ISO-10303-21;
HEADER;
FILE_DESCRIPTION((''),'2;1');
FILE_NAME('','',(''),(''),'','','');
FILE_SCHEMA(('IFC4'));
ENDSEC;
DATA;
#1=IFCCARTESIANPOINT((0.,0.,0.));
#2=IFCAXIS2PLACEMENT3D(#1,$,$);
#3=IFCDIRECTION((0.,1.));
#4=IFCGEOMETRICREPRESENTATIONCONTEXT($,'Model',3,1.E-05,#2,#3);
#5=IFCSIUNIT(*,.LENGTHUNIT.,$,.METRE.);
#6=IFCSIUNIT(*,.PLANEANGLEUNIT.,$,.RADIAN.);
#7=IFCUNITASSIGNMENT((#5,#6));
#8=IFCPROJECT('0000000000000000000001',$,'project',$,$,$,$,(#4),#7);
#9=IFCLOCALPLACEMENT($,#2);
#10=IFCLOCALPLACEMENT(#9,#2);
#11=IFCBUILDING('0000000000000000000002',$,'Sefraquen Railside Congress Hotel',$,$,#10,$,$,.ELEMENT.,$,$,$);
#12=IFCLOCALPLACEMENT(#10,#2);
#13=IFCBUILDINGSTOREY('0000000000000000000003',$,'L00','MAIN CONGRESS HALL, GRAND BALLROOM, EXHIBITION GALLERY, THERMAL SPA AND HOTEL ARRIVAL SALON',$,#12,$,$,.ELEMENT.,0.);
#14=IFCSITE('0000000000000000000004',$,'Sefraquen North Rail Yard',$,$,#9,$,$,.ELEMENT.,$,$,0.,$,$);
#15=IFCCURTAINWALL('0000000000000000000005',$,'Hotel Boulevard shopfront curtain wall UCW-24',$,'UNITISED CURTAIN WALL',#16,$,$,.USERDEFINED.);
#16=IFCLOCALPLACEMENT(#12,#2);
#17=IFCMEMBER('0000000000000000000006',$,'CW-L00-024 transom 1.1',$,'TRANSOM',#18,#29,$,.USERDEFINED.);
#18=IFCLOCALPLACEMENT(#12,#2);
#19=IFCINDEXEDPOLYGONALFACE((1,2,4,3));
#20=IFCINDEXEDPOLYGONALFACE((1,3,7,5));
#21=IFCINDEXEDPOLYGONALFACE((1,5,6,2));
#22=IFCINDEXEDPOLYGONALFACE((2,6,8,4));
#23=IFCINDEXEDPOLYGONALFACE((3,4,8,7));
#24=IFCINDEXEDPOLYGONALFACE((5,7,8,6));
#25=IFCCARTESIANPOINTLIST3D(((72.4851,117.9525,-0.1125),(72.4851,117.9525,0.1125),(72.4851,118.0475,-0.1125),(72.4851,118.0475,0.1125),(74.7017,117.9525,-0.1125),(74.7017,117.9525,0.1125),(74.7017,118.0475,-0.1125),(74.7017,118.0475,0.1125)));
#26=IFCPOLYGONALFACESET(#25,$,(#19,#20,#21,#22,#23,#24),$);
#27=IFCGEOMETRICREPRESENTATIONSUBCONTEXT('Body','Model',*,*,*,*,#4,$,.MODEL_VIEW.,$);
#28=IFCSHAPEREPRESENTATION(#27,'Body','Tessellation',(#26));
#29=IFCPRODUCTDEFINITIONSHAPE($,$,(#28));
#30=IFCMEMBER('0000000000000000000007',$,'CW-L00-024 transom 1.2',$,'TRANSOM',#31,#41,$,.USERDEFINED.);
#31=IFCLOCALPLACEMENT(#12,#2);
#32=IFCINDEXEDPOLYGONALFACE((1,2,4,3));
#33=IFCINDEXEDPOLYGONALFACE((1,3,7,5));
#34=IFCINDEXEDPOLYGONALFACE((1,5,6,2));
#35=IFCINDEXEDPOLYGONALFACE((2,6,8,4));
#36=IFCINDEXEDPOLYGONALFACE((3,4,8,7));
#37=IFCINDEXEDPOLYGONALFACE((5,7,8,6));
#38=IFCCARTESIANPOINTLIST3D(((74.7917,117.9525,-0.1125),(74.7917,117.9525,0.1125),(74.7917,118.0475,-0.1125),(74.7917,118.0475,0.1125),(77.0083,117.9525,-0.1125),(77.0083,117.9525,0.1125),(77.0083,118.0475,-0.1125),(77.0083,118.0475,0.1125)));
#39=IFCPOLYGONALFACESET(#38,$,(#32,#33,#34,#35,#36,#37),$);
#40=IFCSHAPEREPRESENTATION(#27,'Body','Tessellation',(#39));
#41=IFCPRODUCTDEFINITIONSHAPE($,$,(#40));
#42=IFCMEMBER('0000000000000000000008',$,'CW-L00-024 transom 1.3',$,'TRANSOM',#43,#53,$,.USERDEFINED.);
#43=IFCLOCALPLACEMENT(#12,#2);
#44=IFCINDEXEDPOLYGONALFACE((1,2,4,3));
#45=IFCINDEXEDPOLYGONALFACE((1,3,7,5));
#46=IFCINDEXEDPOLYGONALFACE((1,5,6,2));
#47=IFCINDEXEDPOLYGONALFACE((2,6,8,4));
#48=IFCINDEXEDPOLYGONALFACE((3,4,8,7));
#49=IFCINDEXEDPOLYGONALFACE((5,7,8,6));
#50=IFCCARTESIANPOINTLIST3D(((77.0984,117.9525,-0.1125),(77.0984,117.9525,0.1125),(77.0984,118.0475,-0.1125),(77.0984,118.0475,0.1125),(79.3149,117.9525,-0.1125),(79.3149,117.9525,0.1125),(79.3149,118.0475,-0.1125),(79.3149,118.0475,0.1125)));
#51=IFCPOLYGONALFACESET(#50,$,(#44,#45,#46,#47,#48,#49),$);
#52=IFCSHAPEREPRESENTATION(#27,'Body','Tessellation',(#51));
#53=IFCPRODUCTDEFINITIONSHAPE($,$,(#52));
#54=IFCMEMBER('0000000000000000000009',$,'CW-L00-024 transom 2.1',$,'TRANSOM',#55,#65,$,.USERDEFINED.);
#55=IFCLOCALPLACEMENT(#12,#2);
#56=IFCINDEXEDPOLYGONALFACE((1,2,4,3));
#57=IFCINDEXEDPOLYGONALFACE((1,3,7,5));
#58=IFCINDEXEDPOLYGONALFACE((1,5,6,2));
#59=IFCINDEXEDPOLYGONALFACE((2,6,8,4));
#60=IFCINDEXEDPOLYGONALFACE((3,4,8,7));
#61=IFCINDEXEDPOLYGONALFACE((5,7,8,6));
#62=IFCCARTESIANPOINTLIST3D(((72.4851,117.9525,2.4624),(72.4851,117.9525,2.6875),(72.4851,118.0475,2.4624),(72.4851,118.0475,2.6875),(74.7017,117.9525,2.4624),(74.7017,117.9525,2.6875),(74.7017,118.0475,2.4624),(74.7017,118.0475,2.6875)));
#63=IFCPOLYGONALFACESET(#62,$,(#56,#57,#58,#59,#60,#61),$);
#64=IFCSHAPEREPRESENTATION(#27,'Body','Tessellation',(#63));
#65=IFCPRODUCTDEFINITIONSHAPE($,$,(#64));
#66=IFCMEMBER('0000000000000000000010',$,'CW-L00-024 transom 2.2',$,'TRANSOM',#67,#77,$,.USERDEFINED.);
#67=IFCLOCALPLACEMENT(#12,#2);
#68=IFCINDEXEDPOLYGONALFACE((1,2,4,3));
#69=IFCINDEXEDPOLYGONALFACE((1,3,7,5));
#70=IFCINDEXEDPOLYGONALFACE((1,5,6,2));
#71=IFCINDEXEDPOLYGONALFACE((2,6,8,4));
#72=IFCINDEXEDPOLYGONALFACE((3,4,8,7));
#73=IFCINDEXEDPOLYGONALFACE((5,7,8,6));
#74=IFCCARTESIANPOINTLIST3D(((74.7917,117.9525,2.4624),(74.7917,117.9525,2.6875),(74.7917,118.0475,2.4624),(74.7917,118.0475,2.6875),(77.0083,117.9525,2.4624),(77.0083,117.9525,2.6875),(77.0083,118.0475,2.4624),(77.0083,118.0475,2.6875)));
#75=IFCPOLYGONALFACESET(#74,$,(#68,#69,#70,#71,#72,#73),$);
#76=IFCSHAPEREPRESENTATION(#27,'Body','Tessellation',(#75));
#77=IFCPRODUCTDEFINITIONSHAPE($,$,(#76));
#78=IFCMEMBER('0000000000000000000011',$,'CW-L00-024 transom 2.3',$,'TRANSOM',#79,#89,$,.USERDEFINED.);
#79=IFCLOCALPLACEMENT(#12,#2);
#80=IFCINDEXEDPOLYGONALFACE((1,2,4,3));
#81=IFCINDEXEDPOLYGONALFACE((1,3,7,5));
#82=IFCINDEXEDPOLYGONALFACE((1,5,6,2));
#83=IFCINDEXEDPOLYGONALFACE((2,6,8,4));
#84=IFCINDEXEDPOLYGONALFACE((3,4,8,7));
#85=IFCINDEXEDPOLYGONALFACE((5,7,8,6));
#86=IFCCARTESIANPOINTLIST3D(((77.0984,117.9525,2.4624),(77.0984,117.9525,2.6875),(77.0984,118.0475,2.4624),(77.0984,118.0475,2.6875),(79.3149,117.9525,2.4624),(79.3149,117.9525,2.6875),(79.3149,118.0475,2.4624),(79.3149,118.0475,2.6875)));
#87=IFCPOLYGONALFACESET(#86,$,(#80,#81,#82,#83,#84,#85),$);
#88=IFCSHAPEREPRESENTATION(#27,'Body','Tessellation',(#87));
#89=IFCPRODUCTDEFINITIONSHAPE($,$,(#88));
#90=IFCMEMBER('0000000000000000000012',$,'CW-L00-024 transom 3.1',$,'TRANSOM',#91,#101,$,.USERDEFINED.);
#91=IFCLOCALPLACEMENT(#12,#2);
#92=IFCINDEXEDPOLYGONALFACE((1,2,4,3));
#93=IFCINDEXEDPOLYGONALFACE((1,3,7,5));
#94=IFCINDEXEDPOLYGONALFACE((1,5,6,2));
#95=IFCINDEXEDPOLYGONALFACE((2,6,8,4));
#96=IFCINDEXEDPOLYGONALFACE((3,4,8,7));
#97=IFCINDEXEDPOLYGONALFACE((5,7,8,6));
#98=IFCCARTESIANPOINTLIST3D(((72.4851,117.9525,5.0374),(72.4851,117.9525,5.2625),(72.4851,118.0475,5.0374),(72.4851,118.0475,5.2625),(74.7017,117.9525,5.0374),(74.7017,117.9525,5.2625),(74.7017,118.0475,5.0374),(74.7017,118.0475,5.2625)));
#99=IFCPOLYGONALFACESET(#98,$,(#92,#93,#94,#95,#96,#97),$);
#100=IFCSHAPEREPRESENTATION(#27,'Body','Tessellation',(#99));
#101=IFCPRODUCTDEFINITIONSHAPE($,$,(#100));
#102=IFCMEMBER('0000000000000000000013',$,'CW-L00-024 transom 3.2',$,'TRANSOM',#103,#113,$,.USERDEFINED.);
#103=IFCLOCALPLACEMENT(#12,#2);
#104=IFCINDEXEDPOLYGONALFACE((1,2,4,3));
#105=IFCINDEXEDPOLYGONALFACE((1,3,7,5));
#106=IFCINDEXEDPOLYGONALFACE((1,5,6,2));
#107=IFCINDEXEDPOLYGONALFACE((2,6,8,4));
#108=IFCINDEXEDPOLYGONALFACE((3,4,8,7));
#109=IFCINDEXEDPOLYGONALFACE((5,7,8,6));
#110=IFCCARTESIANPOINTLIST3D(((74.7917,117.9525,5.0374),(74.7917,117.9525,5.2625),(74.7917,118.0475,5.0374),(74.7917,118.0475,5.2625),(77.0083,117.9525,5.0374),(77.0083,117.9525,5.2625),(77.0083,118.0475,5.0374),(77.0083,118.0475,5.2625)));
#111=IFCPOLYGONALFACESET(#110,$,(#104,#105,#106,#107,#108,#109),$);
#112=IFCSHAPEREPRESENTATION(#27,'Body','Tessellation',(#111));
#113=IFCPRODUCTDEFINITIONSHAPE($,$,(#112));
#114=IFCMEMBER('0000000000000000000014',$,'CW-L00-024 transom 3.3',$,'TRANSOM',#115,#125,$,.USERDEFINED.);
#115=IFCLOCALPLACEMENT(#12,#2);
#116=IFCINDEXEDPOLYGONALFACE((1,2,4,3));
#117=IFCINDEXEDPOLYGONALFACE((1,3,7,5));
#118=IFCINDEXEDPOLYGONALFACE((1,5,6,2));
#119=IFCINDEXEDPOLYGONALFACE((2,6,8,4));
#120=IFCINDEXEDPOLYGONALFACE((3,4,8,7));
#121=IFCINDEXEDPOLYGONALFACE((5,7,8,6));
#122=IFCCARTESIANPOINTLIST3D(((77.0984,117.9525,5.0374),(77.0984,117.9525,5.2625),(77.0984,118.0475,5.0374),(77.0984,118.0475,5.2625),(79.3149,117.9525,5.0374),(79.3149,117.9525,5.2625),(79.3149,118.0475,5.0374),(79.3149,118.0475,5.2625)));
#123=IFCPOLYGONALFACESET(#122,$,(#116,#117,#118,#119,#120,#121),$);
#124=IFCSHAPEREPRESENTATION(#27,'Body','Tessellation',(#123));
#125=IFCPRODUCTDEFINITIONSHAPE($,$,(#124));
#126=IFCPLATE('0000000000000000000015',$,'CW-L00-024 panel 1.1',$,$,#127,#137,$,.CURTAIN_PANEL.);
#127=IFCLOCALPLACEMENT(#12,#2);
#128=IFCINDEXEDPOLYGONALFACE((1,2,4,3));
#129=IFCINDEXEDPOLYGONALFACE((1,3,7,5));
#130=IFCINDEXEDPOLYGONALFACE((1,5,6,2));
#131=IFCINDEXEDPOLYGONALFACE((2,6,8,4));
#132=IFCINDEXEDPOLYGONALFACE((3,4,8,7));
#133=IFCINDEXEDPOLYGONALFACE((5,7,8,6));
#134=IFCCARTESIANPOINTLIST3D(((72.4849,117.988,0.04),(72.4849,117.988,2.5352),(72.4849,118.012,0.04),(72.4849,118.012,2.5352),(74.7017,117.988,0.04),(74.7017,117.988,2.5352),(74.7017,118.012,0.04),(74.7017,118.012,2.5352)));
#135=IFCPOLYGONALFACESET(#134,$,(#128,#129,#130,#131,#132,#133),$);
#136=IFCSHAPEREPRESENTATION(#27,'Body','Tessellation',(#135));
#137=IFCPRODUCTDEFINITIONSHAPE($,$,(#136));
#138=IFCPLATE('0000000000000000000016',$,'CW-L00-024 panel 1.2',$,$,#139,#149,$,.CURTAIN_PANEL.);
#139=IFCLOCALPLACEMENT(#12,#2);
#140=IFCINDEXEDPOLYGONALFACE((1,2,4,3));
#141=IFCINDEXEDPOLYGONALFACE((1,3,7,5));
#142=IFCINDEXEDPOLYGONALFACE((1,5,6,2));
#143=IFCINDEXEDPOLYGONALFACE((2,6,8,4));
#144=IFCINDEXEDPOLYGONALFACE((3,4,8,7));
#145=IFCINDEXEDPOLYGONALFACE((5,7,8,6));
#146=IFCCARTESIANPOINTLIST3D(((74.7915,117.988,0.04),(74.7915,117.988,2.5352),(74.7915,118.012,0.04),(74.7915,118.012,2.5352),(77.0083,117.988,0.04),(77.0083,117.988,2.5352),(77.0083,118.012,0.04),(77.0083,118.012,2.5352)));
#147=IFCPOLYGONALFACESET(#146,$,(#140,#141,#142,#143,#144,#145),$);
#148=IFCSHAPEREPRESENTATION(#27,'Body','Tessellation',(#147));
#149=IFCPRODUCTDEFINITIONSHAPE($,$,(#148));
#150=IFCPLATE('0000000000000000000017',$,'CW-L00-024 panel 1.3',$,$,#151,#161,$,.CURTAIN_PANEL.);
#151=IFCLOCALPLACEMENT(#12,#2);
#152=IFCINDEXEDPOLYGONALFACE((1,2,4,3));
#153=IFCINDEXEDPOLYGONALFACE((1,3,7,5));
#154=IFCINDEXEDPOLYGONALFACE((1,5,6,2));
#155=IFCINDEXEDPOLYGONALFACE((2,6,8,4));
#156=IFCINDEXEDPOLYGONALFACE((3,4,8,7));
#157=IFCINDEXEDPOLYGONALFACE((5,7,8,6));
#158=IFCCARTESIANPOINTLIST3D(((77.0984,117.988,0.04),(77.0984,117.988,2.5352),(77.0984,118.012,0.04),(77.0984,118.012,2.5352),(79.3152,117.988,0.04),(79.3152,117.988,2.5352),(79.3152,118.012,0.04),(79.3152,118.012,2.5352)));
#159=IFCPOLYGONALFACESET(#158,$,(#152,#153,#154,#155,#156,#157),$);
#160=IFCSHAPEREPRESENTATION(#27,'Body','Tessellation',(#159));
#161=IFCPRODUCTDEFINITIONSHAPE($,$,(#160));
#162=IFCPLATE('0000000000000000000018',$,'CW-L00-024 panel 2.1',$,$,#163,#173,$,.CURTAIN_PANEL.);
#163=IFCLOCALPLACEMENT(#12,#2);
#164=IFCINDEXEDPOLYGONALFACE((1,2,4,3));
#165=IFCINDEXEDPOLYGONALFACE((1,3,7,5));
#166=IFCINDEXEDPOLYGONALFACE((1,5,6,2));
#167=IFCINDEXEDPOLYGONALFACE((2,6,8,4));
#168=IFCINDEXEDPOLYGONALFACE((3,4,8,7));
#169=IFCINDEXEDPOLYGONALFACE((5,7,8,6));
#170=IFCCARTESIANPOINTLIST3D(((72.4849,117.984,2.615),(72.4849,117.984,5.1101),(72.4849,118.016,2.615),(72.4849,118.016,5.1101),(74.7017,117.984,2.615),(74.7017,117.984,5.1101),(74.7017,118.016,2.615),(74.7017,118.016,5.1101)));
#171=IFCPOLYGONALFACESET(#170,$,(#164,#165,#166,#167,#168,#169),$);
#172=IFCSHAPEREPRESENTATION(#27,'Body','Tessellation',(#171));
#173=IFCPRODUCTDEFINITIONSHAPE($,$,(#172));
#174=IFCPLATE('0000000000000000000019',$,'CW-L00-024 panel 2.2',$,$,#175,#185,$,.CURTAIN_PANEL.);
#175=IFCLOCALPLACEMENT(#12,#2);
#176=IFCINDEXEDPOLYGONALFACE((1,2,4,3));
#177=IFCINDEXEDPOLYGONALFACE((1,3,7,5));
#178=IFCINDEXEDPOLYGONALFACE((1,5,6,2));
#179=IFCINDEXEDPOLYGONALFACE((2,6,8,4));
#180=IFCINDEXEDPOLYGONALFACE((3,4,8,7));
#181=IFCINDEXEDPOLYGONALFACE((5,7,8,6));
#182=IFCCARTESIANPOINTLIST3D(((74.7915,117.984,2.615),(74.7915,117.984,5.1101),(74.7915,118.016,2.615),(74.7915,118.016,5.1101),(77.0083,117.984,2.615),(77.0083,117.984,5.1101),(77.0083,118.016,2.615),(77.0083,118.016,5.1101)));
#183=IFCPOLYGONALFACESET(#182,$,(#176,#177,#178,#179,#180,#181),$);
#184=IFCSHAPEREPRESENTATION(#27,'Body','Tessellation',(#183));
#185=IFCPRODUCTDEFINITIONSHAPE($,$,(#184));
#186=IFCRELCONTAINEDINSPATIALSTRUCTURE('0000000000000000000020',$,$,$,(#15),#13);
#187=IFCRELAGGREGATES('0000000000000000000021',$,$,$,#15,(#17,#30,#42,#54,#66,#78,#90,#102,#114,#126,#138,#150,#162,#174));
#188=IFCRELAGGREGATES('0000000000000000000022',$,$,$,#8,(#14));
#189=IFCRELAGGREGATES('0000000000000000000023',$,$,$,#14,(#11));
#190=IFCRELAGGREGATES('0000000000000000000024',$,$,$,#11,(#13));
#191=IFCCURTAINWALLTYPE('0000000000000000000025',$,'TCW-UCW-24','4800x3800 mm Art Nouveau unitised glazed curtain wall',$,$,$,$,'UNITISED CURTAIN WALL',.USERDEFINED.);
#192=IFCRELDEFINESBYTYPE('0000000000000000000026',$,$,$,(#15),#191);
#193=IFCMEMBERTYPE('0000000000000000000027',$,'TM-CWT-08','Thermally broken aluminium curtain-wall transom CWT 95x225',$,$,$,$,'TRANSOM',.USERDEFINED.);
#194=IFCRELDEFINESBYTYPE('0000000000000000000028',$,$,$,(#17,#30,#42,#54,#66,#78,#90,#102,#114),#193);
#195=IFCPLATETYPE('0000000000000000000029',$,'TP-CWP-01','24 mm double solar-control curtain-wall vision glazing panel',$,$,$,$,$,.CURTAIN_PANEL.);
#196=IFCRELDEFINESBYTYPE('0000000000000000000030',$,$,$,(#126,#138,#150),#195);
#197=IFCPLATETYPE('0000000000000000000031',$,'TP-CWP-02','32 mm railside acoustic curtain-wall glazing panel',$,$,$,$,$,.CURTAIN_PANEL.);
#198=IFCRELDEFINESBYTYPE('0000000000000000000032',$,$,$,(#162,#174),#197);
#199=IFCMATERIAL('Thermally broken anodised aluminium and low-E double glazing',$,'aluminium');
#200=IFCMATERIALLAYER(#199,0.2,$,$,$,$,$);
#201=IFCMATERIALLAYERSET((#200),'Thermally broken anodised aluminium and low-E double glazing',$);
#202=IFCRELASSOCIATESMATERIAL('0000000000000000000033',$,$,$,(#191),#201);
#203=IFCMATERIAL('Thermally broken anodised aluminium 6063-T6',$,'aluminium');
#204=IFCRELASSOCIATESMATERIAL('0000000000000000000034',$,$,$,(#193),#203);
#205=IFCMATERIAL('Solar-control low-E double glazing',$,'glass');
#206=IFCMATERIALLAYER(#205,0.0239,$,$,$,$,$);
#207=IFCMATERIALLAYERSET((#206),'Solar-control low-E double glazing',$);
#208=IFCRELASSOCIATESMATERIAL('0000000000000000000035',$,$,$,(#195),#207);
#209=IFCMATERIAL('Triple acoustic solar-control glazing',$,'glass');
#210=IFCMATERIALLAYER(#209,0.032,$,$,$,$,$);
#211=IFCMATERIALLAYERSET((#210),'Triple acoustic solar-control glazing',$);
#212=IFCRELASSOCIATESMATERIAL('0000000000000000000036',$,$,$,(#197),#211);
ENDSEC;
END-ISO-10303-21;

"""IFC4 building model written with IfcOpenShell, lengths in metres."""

from ifc_helpers import new_model, si_unit, direction, frame, origin, origin_2d, place, context, subcontext, project, spatial, rectangle, extrude, material, layer, layer_set, material_profile, profile_set, type_object, element, aggregate, save


model = new_model("IFC4")

# Units and contexts
model_context = context("Model", 3, precision=1e-05, world=origin(), true_north=direction((0.0, 1.0)))
body_context = subcontext(model_context, "Body", "Model", "MODEL_VIEW")
ifc_project = project(units=[si_unit("LENGTHUNIT", "METRE"), si_unit("PLANEANGLEUNIT", "RADIAN")], contexts=[model_context])

# Site, building, storey
site_placement = place(None, origin())
site = spatial("IfcSite", under=ifc_project, at=site_placement, Name="Sefraquen North Rail Yard", CompositionType="ELEMENT", RefElevation=0.0)
building_placement = place(site_placement, origin())
building = spatial("IfcBuilding", under=site, at=building_placement, Name="Sefraquen Railside Congress Hotel", CompositionType="ELEMENT")
storey_placement = place(building_placement, origin())
storey = spatial("IfcBuildingStorey", under=building, at=storey_placement, Name="L00", Description="MAIN CONGRESS HALL, GRAND BALLROOM, EXHIBITION GALLERY, THERMAL SPA AND HOTEL ARRIVAL SALON", CompositionType="ELEMENT", Elevation=0.0)

# Curtain wall, members, plates
ifc_material_1 = material(Name="Thermally broken anodised aluminium and low-E double glazing", Category="aluminium")
ifc_layer_1 = layer(ifc_material_1, 0.2)
ifc_layer_set_1 = layer_set([ifc_layer_1], Name="Thermally broken anodised aluminium and low-E double glazing")
curtain_wall_type = type_object("IfcCurtainWallType", Name="TCW-UCW-24", Description="4800x3800 mm Art Nouveau unitised glazed curtain wall", ElementType="UNITISED CURTAIN WALL", PredefinedType="USERDEFINED", material=ifc_layer_set_1)
curtain_wall_placement = place(storey_placement, origin())
curtain_wall = element("IfcCurtainWall", 1, at=curtain_wall_placement, inside=storey, type_object=curtain_wall_type, Name="Hotel Boulevard shopfront curtain wall UCW-24", ObjectType="UNITISED CURTAIN WALL", PredefinedType="USERDEFINED")
ifc_material_2 = material(Name="Thermally broken anodised aluminium 6063-T6", Category="aluminium")
ifc_material_profile_1 = material_profile(ifc_material_2, rectangle(XDim=0.095, YDim=0.2251, at=origin_2d()), Name="CWT 95x225")
ifc_profile_set_1 = profile_set([ifc_material_profile_1], Name="Thermally broken anodised aluminium 6063-T6")
member_type_1 = type_object("IfcMemberType", Name="TM-CWT-08", Description="Thermally broken aluminium curtain-wall transom CWT 95x225", ElementType="TRANSOM", PredefinedType="USERDEFINED", material=ifc_profile_set_1)
member_1_placement = place(storey_placement, frame((72.4851, 118.0, 0.0), z_axis=(1.0, 0.0, 0.0), x_axis=(0.0, 1.0, 0.0)))
member_1 = element("IfcMember", 2, at=member_1_placement, type_object=member_type_1, Name="CW-L00-024 transom 1.1", ObjectType="TRANSOM", PredefinedType="USERDEFINED", context=body_context, shape_type="SweptSolid", body=[
    extrude(rectangle(XDim=0.095, YDim=0.2251, at=origin_2d()), origin(), (0.0, 0.0, 1.0), 2.2166),
])
member_2_placement = place(storey_placement, frame((74.7917, 118.0, 0.0), z_axis=(1.0, 0.0, 0.0), x_axis=(0.0, 1.0, 0.0)))
member_2 = element("IfcMember", 3, at=member_2_placement, type_object=member_type_1, Name="CW-L00-024 transom 1.2", ObjectType="TRANSOM", PredefinedType="USERDEFINED", context=body_context, shape_type="SweptSolid", body=[
    extrude(rectangle(XDim=0.095, YDim=0.2251, at=origin_2d()), origin(), (0.0, 0.0, 1.0), 2.2166),
])
member_3_placement = place(storey_placement, frame((77.0984, 118.0, 0.0), z_axis=(1.0, 0.0, 0.0), x_axis=(0.0, 1.0, 0.0)))
member_3 = element("IfcMember", 4, at=member_3_placement, type_object=member_type_1, Name="CW-L00-024 transom 1.3", ObjectType="TRANSOM", PredefinedType="USERDEFINED", context=body_context, shape_type="SweptSolid", body=[
    extrude(rectangle(XDim=0.095, YDim=0.2251, at=origin_2d()), origin(), (0.0, 0.0, 1.0), 2.2166),
])
member_4_placement = place(storey_placement, frame((72.4851, 118.0, 2.575), z_axis=(1.0, 0.0, 0.0), x_axis=(0.0, 1.0, 0.0)))
member_4 = element("IfcMember", 5, at=member_4_placement, type_object=member_type_1, Name="CW-L00-024 transom 2.1", ObjectType="TRANSOM", PredefinedType="USERDEFINED", context=body_context, shape_type="SweptSolid", body=[
    extrude(rectangle(XDim=0.095, YDim=0.2251, at=origin_2d()), origin(), (0.0, 0.0, 1.0), 2.2166),
])
member_5_placement = place(storey_placement, frame((74.7917, 118.0, 2.575), z_axis=(1.0, 0.0, 0.0), x_axis=(0.0, 1.0, 0.0)))
member_5 = element("IfcMember", 6, at=member_5_placement, type_object=member_type_1, Name="CW-L00-024 transom 2.2", ObjectType="TRANSOM", PredefinedType="USERDEFINED", context=body_context, shape_type="SweptSolid", body=[
    extrude(rectangle(XDim=0.095, YDim=0.2251, at=origin_2d()), origin(), (0.0, 0.0, 1.0), 2.2166),
])
member_6_placement = place(storey_placement, frame((77.0984, 118.0, 2.575), z_axis=(1.0, 0.0, 0.0), x_axis=(0.0, 1.0, 0.0)))
member_6 = element("IfcMember", 7, at=member_6_placement, type_object=member_type_1, Name="CW-L00-024 transom 2.3", ObjectType="TRANSOM", PredefinedType="USERDEFINED", context=body_context, shape_type="SweptSolid", body=[
    extrude(rectangle(XDim=0.095, YDim=0.2251, at=origin_2d()), origin(), (0.0, 0.0, 1.0), 2.2166),
])
member_7_placement = place(storey_placement, frame((72.4851, 118.0, 5.1499), z_axis=(1.0, 0.0, 0.0), x_axis=(0.0, 1.0, 0.0)))
member_7 = element("IfcMember", 8, at=member_7_placement, type_object=member_type_1, Name="CW-L00-024 transom 3.1", ObjectType="TRANSOM", PredefinedType="USERDEFINED", context=body_context, shape_type="SweptSolid", body=[
    extrude(rectangle(XDim=0.095, YDim=0.2251, at=origin_2d()), origin(), (0.0, 0.0, 1.0), 2.2166),
])
member_8_placement = place(storey_placement, frame((74.7917, 118.0, 5.1499), z_axis=(1.0, 0.0, 0.0), x_axis=(0.0, 1.0, 0.0)))
member_8 = element("IfcMember", 9, at=member_8_placement, type_object=member_type_1, Name="CW-L00-024 transom 3.2", ObjectType="TRANSOM", PredefinedType="USERDEFINED", context=body_context, shape_type="SweptSolid", body=[
    extrude(rectangle(XDim=0.095, YDim=0.2251, at=origin_2d()), origin(), (0.0, 0.0, 1.0), 2.2166),
])
member_9_placement = place(storey_placement, frame((77.0984, 118.0, 5.1499), z_axis=(1.0, 0.0, 0.0), x_axis=(0.0, 1.0, 0.0)))
member_9 = element("IfcMember", 10, at=member_9_placement, type_object=member_type_1, Name="CW-L00-024 transom 3.3", ObjectType="TRANSOM", PredefinedType="USERDEFINED", context=body_context, shape_type="SweptSolid", body=[
    extrude(rectangle(XDim=0.095, YDim=0.2251, at=origin_2d()), origin(), (0.0, 0.0, 1.0), 2.2166),
])
ifc_material_3 = material(Name="Solar-control low-E double glazing", Category="glass")
ifc_layer_2 = layer(ifc_material_3, 0.0239)
ifc_layer_set_2 = layer_set([ifc_layer_2], Name="Solar-control low-E double glazing")
plate_type_1 = type_object("IfcPlateType", Name="TP-CWP-01", Description="24 mm double solar-control curtain-wall vision glazing panel", PredefinedType="CURTAIN_PANEL", material=ifc_layer_set_2)
plate_1_placement = place(storey_placement, frame((73.5933, 118.0, 0.04), z_axis=(0.0, 0.0, 1.0), x_axis=(1.0, 0.0, 0.0)))
plate_1 = element("IfcPlate", 11, at=plate_1_placement, type_object=plate_type_1, Name="CW-L00-024 panel 1.1", PredefinedType="CURTAIN_PANEL", context=body_context, shape_type="SweptSolid", body=[
    extrude(rectangle(XDim=2.2168, YDim=0.0239, at=origin_2d()), origin(), (0.0, 0.0, 1.0), 2.4951),
])
plate_2_placement = place(storey_placement, frame((75.8999, 118.0, 0.04), z_axis=(0.0, 0.0, 1.0), x_axis=(1.0, 0.0, 0.0)))
plate_2 = element("IfcPlate", 12, at=plate_2_placement, type_object=plate_type_1, Name="CW-L00-024 panel 1.2", PredefinedType="CURTAIN_PANEL", context=body_context, shape_type="SweptSolid", body=[
    extrude(rectangle(XDim=2.2168, YDim=0.0239, at=origin_2d()), origin(), (0.0, 0.0, 1.0), 2.4951),
])
plate_3_placement = place(storey_placement, frame((78.2068, 118.0, 0.04), z_axis=(0.0, 0.0, 1.0), x_axis=(1.0, 0.0, 0.0)))
plate_3 = element("IfcPlate", 13, at=plate_3_placement, type_object=plate_type_1, Name="CW-L00-024 panel 1.3", PredefinedType="CURTAIN_PANEL", context=body_context, shape_type="SweptSolid", body=[
    extrude(rectangle(XDim=2.2168, YDim=0.0239, at=origin_2d()), origin(), (0.0, 0.0, 1.0), 2.4951),
])
ifc_material_4 = material(Name="Triple acoustic solar-control glazing", Category="glass")
ifc_layer_3 = layer(ifc_material_4, 0.032)
ifc_layer_set_3 = layer_set([ifc_layer_3], Name="Triple acoustic solar-control glazing")
plate_type_2 = type_object("IfcPlateType", Name="TP-CWP-02", Description="32 mm railside acoustic curtain-wall glazing panel", PredefinedType="CURTAIN_PANEL", material=ifc_layer_set_3)
plate_4_placement = place(storey_placement, frame((73.5933, 118.0, 2.615), z_axis=(0.0, 0.0, 1.0), x_axis=(1.0, 0.0, 0.0)))
plate_4 = element("IfcPlate", 14, at=plate_4_placement, type_object=plate_type_2, Name="CW-L00-024 panel 2.1", PredefinedType="CURTAIN_PANEL", context=body_context, shape_type="SweptSolid", body=[
    extrude(rectangle(XDim=2.2168, YDim=0.032, at=origin_2d()), origin(), (0.0, 0.0, 1.0), 2.4951),
])
plate_5_placement = place(storey_placement, frame((75.8999, 118.0, 2.615), z_axis=(0.0, 0.0, 1.0), x_axis=(1.0, 0.0, 0.0)))
plate_5 = element("IfcPlate", 15, at=plate_5_placement, type_object=plate_type_2, Name="CW-L00-024 panel 2.2", PredefinedType="CURTAIN_PANEL", context=body_context, shape_type="SweptSolid", body=[
    extrude(rectangle(XDim=2.2168, YDim=0.032, at=origin_2d()), origin(), (0.0, 0.0, 1.0), 2.4951),
])
aggregate(curtain_wall, [member_1, member_2, member_3, member_4, member_5, member_6, member_7, member_8, member_9, plate_1, plate_2, plate_3, plate_4, plate_5])

save(model, "model.ifc")
